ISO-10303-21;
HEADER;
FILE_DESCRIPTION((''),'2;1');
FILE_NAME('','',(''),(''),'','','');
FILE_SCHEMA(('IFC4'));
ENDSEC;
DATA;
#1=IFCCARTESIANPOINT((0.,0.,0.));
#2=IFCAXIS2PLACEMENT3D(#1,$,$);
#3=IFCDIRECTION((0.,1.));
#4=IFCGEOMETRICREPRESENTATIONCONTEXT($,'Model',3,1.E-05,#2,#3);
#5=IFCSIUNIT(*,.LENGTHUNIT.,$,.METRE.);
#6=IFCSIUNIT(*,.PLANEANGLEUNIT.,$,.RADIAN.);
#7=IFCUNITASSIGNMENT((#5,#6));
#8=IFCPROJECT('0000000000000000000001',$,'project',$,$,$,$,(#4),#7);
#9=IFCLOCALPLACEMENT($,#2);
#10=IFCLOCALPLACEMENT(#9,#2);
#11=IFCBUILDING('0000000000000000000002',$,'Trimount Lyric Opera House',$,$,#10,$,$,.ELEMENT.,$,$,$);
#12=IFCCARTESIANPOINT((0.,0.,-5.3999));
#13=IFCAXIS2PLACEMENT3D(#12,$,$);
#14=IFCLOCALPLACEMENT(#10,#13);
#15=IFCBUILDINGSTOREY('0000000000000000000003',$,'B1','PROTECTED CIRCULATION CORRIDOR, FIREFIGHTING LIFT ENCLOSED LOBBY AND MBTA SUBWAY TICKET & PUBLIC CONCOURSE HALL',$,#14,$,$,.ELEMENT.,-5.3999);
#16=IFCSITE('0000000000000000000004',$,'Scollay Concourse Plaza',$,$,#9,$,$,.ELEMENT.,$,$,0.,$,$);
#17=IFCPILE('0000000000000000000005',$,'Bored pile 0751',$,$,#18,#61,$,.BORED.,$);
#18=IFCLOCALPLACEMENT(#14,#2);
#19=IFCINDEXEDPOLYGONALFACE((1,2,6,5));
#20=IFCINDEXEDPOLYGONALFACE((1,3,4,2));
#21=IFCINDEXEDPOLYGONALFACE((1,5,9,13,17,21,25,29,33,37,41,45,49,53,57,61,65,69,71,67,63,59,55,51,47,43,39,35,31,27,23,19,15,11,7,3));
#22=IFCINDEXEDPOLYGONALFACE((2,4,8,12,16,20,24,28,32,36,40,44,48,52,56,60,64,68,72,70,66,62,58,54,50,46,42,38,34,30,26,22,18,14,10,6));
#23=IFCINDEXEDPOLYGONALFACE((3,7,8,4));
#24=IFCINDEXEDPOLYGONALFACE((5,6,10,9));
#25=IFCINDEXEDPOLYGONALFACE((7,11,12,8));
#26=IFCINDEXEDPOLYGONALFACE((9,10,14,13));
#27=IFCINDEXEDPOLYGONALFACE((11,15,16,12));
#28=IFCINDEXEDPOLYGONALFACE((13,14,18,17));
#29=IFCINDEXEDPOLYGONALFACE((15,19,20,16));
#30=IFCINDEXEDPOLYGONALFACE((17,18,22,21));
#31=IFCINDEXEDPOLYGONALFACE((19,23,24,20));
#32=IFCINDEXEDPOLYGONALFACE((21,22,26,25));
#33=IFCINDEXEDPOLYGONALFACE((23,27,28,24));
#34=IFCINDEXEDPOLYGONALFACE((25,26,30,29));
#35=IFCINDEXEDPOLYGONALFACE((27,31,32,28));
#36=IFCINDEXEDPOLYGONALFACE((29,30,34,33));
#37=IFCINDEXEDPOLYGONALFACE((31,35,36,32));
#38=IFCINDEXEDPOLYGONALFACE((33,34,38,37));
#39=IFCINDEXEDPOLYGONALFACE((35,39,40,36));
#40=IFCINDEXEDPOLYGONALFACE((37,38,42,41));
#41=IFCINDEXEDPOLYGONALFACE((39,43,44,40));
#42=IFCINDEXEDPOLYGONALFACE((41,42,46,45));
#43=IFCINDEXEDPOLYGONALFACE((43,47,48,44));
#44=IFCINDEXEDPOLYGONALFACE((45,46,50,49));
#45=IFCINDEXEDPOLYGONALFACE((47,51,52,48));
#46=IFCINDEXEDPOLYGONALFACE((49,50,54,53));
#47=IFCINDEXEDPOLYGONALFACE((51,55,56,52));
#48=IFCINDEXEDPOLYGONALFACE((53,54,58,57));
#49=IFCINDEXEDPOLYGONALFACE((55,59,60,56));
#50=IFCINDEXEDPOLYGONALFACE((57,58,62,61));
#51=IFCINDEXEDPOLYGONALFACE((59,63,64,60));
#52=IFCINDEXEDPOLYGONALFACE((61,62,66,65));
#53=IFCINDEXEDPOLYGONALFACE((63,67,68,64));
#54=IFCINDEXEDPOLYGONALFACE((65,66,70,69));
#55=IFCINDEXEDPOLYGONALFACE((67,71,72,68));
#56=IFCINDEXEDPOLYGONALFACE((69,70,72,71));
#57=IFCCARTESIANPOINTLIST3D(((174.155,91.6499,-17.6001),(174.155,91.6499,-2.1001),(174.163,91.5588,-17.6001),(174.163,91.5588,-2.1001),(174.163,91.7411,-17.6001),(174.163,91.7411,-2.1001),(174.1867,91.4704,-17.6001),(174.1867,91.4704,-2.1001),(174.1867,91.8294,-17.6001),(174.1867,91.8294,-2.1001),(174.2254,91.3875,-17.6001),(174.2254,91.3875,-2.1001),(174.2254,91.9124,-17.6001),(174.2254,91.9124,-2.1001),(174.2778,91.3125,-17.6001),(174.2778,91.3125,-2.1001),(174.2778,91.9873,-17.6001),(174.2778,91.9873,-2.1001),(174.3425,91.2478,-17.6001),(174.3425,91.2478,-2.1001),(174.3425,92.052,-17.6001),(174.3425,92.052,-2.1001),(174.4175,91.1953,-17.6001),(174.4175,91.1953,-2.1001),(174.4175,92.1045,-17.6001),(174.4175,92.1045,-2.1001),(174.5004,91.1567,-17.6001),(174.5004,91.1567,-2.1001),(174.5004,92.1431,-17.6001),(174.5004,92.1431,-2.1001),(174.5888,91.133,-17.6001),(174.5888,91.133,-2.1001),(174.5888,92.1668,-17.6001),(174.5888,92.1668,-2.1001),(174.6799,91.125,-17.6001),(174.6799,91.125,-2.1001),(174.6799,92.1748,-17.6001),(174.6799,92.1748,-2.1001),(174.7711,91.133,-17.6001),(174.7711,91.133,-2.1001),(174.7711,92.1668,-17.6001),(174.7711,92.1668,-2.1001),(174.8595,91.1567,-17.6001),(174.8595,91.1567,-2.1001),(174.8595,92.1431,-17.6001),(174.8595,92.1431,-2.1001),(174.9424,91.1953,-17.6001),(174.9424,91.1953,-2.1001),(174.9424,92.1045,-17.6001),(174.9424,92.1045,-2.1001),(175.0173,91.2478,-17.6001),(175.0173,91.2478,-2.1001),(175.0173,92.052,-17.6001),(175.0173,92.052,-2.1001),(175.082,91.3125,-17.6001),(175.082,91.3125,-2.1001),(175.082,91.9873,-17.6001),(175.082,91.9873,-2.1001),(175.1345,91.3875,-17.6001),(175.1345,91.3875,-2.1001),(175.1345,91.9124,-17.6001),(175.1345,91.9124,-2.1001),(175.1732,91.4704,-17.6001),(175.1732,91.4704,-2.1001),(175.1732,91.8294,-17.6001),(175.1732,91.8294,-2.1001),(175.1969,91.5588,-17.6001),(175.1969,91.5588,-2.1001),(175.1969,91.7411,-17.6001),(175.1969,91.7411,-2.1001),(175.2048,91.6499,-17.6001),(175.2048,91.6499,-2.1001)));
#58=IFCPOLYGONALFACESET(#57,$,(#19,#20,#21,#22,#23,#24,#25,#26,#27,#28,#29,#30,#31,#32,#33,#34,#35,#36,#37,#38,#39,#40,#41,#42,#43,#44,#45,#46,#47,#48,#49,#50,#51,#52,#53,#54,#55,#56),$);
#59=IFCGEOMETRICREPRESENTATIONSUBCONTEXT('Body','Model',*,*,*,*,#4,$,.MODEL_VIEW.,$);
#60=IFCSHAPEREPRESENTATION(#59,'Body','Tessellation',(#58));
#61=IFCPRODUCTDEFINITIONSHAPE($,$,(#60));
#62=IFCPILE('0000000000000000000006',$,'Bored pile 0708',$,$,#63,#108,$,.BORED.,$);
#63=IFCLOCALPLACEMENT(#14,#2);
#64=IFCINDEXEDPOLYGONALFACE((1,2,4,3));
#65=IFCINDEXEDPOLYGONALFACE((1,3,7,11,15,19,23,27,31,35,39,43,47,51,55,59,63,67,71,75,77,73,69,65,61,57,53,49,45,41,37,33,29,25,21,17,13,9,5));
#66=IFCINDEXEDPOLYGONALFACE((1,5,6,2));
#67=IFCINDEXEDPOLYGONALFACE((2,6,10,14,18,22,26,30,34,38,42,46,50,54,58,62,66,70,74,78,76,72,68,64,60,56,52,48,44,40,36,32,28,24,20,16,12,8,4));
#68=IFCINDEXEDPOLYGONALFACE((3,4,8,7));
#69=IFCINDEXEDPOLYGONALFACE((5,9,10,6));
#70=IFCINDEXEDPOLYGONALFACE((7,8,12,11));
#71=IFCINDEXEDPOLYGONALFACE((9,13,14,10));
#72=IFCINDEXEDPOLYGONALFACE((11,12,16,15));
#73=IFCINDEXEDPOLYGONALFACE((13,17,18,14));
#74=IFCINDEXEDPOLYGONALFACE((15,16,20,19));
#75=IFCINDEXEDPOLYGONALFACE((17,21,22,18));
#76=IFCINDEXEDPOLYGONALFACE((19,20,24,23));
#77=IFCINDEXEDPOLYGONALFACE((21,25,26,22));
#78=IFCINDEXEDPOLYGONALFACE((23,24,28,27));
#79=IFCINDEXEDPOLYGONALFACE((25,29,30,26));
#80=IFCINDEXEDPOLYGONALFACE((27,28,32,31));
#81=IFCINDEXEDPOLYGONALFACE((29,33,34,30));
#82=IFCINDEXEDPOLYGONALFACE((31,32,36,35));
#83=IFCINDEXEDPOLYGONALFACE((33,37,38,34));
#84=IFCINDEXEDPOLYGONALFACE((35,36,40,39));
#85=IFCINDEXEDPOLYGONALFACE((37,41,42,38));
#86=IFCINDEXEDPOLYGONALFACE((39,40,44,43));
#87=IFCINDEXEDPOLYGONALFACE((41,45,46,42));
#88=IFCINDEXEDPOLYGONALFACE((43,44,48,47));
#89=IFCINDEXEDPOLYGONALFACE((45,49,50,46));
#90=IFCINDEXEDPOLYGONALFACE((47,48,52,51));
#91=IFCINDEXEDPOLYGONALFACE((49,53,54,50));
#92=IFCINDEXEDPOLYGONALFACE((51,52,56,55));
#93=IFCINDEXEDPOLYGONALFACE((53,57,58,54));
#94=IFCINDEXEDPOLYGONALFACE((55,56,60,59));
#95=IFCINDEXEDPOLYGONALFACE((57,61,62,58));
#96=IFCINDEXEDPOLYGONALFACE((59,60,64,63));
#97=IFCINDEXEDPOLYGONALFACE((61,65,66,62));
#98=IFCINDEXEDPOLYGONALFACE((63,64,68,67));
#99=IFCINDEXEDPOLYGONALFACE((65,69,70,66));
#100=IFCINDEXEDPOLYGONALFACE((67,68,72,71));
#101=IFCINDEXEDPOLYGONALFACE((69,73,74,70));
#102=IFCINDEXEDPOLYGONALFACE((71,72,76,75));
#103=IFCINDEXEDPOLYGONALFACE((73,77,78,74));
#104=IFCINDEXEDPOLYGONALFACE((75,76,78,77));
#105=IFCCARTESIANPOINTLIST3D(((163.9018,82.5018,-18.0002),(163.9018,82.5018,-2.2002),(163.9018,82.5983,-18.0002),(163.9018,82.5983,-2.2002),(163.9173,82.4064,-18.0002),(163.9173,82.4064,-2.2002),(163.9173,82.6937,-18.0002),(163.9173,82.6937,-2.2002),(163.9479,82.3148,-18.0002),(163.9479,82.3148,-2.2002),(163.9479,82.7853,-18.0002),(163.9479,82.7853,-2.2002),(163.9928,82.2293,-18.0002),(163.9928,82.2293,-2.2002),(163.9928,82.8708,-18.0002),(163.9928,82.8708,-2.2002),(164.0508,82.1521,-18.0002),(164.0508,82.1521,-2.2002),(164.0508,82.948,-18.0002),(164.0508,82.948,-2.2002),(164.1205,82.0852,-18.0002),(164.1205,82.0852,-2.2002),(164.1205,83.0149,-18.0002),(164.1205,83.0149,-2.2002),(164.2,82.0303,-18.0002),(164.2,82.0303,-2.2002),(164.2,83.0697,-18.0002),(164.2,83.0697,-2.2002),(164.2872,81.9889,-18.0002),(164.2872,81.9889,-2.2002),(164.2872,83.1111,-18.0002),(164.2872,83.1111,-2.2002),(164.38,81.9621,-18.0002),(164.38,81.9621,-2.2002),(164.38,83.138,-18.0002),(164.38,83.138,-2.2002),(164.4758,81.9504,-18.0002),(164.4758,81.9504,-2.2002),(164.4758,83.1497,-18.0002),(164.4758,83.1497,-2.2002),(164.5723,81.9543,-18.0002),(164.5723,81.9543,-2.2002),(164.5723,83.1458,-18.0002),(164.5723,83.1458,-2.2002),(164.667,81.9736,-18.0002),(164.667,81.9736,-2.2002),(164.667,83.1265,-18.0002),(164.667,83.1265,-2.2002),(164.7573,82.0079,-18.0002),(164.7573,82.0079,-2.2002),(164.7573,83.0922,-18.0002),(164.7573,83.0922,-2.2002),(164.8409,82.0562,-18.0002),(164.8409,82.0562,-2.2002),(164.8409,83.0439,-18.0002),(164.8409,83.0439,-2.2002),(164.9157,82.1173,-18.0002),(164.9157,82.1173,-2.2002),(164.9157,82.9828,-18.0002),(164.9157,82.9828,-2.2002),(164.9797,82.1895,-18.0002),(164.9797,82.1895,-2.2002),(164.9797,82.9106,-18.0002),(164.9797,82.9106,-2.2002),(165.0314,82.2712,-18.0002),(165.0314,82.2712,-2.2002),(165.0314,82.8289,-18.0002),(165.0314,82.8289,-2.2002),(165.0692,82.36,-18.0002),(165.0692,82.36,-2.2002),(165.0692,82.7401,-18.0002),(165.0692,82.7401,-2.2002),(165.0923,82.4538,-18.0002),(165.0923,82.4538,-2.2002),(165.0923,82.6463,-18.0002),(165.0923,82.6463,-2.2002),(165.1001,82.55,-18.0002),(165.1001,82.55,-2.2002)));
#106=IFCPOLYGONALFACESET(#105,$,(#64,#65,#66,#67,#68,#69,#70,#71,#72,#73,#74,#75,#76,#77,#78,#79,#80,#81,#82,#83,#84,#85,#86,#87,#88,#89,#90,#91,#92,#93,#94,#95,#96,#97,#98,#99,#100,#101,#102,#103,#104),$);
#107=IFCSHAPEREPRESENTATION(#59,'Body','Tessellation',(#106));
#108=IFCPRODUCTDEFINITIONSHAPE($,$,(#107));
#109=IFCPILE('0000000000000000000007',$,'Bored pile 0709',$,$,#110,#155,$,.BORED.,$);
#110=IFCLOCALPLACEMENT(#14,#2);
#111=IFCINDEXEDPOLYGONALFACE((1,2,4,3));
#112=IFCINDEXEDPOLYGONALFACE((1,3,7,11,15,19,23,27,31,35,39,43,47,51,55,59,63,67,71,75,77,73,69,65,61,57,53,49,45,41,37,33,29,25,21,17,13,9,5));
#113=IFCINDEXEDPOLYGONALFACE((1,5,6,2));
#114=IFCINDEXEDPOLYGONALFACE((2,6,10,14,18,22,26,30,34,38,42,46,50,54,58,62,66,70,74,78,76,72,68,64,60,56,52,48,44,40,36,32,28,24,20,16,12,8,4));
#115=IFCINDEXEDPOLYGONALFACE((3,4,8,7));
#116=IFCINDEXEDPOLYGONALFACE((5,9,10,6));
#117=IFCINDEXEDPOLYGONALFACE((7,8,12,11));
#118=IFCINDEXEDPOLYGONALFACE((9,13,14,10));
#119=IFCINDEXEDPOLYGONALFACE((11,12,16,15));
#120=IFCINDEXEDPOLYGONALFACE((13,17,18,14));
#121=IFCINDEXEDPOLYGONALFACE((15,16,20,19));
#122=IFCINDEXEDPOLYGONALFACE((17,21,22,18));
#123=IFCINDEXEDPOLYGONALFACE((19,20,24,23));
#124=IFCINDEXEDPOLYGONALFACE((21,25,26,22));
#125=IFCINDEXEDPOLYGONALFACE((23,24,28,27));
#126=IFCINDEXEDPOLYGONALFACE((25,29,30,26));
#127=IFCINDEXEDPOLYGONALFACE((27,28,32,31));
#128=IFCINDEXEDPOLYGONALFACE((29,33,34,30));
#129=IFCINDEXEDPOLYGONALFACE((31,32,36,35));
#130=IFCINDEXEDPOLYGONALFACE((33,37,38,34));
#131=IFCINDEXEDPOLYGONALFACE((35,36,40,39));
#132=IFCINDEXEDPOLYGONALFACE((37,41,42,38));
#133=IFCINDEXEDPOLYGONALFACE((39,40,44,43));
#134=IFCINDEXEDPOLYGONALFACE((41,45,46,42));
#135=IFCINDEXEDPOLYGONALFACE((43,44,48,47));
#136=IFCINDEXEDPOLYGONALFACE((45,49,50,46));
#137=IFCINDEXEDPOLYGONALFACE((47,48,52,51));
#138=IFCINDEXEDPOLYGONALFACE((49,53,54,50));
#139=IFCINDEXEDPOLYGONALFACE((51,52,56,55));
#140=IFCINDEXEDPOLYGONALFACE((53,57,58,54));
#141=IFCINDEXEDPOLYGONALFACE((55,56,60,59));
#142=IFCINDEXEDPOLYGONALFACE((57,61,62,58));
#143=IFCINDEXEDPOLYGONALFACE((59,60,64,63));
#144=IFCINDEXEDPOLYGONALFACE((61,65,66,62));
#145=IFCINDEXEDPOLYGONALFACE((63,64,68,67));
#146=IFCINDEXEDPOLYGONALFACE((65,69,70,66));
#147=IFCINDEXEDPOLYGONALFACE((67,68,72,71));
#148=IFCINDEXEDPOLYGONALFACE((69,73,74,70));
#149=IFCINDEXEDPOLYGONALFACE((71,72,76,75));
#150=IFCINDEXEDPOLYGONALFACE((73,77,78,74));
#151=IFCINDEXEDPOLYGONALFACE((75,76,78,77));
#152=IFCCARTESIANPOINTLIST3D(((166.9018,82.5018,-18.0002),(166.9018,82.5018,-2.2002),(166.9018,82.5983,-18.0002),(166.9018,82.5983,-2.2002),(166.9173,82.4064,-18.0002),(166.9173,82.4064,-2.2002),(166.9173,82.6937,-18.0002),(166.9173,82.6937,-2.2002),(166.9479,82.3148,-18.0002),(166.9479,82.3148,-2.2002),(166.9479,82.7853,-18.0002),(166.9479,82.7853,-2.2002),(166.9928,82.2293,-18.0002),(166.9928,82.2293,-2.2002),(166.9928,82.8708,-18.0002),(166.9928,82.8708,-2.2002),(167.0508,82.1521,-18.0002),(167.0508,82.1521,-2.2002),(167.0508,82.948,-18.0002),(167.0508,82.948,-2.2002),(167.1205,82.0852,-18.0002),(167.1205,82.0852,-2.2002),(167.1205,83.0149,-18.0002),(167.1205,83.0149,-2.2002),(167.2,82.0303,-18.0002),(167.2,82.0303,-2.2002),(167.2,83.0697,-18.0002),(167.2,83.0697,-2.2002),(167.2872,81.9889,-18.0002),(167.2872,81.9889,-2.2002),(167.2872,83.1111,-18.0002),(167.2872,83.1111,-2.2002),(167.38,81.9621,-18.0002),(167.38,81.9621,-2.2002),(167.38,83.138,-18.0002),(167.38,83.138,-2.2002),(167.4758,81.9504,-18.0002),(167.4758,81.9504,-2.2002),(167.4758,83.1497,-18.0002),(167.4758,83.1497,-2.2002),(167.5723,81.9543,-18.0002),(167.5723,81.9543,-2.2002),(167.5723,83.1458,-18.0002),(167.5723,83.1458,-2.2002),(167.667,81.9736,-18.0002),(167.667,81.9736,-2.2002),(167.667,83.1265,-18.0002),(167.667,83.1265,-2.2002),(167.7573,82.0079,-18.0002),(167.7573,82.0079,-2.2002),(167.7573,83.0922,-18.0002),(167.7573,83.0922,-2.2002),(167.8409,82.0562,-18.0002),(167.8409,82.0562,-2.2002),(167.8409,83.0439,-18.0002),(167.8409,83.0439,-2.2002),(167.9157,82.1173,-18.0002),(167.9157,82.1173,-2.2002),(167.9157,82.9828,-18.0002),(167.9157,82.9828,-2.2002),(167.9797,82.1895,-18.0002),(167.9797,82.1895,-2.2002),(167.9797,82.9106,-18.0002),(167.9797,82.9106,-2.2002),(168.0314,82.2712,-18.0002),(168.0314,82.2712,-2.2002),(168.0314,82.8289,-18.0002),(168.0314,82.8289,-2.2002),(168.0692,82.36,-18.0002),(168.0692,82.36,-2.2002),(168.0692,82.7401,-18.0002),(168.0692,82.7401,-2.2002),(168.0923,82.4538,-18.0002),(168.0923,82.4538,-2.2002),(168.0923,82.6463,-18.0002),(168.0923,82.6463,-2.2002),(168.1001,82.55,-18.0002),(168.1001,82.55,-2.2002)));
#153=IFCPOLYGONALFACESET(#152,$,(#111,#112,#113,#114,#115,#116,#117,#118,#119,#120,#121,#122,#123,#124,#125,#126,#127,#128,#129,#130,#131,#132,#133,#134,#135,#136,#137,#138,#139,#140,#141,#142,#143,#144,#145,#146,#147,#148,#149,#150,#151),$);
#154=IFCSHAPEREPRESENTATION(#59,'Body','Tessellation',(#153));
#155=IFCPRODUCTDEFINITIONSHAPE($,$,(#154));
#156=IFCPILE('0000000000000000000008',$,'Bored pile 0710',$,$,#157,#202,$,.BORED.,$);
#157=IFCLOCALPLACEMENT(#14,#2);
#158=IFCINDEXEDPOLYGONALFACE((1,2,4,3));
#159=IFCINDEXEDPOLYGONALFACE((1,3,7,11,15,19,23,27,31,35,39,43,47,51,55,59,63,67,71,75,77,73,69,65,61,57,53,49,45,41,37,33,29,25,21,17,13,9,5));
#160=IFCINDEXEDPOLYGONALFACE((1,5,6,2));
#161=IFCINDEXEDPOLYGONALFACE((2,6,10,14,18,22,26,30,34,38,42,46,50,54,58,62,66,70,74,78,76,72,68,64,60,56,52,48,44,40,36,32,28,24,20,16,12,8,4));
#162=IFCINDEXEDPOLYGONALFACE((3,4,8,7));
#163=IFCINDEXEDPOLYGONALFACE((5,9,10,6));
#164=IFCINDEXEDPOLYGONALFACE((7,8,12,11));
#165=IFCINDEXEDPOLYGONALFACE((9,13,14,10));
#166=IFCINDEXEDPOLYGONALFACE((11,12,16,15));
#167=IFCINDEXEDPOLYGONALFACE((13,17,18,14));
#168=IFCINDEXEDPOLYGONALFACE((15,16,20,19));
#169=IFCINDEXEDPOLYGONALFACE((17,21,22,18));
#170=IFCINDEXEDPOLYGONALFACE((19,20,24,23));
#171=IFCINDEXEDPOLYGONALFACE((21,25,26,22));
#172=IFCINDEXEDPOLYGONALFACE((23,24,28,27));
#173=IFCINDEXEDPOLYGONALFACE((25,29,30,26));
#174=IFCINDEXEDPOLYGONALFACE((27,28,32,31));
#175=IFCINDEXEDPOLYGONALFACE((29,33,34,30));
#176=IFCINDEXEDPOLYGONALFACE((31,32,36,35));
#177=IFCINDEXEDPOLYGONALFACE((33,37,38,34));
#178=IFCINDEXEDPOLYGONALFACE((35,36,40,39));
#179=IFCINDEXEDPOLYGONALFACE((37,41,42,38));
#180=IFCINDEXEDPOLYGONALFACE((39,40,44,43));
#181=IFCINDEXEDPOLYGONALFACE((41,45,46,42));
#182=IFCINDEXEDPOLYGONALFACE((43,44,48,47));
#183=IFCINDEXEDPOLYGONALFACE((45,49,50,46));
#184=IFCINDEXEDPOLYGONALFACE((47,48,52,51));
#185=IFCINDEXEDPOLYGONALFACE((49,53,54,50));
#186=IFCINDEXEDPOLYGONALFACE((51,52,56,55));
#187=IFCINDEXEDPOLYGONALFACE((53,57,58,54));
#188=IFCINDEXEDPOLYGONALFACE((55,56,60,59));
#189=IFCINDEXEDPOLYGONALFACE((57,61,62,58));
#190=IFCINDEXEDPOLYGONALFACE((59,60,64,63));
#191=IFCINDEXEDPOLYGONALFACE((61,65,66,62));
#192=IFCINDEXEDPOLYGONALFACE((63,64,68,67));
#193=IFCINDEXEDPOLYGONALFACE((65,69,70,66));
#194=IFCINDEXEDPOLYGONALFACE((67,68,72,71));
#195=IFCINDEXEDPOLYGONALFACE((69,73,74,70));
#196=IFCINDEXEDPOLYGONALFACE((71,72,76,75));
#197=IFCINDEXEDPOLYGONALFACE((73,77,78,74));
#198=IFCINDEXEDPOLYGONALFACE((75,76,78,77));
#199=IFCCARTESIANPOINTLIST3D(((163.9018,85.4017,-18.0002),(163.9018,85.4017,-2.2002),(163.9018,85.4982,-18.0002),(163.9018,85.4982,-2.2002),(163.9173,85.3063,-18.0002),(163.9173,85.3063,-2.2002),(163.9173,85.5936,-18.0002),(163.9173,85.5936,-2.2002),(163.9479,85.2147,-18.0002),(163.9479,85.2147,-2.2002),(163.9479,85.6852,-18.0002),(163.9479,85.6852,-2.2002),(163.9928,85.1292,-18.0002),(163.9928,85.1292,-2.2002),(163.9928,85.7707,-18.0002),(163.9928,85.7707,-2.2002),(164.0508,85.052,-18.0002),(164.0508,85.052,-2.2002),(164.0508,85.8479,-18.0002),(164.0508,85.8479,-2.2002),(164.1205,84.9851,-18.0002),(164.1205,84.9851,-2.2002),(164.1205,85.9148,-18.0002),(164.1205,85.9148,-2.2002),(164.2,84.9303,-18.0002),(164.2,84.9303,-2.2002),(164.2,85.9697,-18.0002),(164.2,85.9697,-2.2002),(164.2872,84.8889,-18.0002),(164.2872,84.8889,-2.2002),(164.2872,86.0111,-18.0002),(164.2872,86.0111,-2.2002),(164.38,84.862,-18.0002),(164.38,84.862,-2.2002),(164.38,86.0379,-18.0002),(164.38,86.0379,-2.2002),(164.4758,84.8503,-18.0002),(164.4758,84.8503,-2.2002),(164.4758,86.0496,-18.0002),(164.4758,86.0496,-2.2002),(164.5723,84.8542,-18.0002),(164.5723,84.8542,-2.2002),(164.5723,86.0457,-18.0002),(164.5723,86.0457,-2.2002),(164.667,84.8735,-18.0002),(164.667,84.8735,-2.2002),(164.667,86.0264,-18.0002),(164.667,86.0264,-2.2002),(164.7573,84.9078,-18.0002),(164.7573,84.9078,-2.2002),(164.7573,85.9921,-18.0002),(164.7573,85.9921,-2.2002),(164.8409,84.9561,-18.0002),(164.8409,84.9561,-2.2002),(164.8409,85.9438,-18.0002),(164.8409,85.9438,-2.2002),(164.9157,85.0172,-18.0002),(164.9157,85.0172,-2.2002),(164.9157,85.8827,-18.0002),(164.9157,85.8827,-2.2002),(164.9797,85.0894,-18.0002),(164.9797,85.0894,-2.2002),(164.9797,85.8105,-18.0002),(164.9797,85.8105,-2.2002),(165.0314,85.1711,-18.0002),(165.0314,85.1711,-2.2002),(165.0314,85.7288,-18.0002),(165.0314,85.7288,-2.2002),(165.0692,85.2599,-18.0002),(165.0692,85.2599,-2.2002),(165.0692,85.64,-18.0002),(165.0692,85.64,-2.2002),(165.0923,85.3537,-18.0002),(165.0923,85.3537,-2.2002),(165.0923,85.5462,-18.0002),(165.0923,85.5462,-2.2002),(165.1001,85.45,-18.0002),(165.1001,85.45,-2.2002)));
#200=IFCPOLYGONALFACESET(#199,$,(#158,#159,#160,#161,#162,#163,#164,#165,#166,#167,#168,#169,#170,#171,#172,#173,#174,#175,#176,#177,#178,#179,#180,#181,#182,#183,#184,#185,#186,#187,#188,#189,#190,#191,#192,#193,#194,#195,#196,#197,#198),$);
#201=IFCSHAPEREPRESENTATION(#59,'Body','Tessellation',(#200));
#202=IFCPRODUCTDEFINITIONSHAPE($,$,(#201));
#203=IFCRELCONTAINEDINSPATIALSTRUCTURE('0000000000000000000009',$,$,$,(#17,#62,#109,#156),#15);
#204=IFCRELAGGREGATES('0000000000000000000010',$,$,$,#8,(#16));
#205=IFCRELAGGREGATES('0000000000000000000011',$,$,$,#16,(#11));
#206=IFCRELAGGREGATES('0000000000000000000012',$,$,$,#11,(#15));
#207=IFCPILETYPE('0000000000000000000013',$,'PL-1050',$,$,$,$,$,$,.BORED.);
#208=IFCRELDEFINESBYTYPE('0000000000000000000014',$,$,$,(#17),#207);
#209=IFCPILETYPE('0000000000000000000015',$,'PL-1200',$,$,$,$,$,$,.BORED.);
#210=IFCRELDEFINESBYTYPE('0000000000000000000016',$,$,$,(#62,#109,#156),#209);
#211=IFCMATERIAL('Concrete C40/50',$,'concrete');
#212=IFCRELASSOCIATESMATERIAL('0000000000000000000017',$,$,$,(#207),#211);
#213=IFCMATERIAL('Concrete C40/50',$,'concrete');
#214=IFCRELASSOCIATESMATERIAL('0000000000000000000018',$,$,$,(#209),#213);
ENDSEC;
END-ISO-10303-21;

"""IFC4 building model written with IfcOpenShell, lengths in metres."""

from ifc_helpers import new_model, si_unit, direction, frame, origin, origin_2d, place, context, subcontext, project, spatial, circle, extrude, material, material_profile, profile_set, type_object, element, save


model = new_model("IFC4")

# Units and contexts
model_context = context("Model", 3, precision=1e-05, world=origin(), true_north=direction((0.0, 1.0)))
body_context = subcontext(model_context, "Body", "Model", "MODEL_VIEW")
ifc_project = project(units=[si_unit("LENGTHUNIT", "METRE"), si_unit("PLANEANGLEUNIT", "RADIAN")], contexts=[model_context])

# Site, building, storey
site_placement = place(None, origin())
site = spatial("IfcSite", under=ifc_project, at=site_placement, Name="Scollay Concourse Plaza", CompositionType="ELEMENT", RefElevation=0.0)
building_placement = place(site_placement, origin())
building = spatial("IfcBuilding", under=site, at=building_placement, Name="Trimount Lyric Opera House", CompositionType="ELEMENT")
storey_placement = place(building_placement, frame((0.0, 0.0, -5.3999)))
storey = spatial("IfcBuildingStorey", under=building, at=storey_placement, Name="B1", Description="PROTECTED CIRCULATION CORRIDOR, FIREFIGHTING LIFT ENCLOSED LOBBY AND MBTA SUBWAY TICKET & PUBLIC CONCOURSE HALL", CompositionType="ELEMENT", Elevation=-5.3999)

# Piles
ifc_material_1 = material(Name="Concrete C40/50", Category="concrete")
ifc_material_profile_1 = material_profile(ifc_material_1, circle(Radius=0.5249, at=origin_2d()), Name="PILE-D1050")
ifc_profile_set_1 = profile_set([ifc_material_profile_1], Name="Concrete C40/50")
pile_type_1 = type_object("IfcPileType", Name="PL-1050", PredefinedType="BORED", material=ifc_profile_set_1)
for number, where, z_axis, x_axis, name in (
    (1, (174.6799, 91.6499, -2.1001), (0.0, 0.0, -1.0), (1.0, 0.0, 0.0), "Bored pile 0751"),
):
    element("IfcPile", number, at=place(storey_placement, frame(where, z_axis=z_axis, x_axis=x_axis)), inside=storey, type_object=pile_type_1, Name=name, PredefinedType="BORED", context=body_context, shape_type="SweptSolid", body=[
        extrude(circle(Radius=0.5249, at=origin_2d()), origin(), (0.0, 0.0, 1.0), 15.5),
    ])
ifc_material_2 = material(Name="Concrete C40/50", Category="concrete")
ifc_material_profile_2 = material_profile(ifc_material_2, circle(Radius=0.6001, at=origin_2d()), Name="PILE-D1200")
ifc_profile_set_2 = profile_set([ifc_material_profile_2], Name="Concrete C40/50")
pile_type_2 = type_object("IfcPileType", Name="PL-1200", PredefinedType="BORED", material=ifc_profile_set_2)
for number, where, z_axis, x_axis, name in (
    (2, (164.5, 82.55, -2.2002), (0.0, 0.0, -1.0), (1.0, 0.0, 0.0), "Bored pile 0708"),
    (3, (167.5, 82.55, -2.2002), (0.0, 0.0, -1.0), (1.0, 0.0, 0.0), "Bored pile 0709"),
    (4, (164.5, 85.45, -2.2002), (0.0, 0.0, -1.0), (1.0, 0.0, 0.0), "Bored pile 0710"),
):
    element("IfcPile", number, at=place(storey_placement, frame(where, z_axis=z_axis, x_axis=x_axis)), inside=storey, type_object=pile_type_2, Name=name, PredefinedType="BORED", context=body_context, shape_type="SweptSolid", body=[
        extrude(circle(Radius=0.6001, at=origin_2d()), origin(), (0.0, 0.0, 1.0), 15.8),
    ])

save(model, "model.ifc")
